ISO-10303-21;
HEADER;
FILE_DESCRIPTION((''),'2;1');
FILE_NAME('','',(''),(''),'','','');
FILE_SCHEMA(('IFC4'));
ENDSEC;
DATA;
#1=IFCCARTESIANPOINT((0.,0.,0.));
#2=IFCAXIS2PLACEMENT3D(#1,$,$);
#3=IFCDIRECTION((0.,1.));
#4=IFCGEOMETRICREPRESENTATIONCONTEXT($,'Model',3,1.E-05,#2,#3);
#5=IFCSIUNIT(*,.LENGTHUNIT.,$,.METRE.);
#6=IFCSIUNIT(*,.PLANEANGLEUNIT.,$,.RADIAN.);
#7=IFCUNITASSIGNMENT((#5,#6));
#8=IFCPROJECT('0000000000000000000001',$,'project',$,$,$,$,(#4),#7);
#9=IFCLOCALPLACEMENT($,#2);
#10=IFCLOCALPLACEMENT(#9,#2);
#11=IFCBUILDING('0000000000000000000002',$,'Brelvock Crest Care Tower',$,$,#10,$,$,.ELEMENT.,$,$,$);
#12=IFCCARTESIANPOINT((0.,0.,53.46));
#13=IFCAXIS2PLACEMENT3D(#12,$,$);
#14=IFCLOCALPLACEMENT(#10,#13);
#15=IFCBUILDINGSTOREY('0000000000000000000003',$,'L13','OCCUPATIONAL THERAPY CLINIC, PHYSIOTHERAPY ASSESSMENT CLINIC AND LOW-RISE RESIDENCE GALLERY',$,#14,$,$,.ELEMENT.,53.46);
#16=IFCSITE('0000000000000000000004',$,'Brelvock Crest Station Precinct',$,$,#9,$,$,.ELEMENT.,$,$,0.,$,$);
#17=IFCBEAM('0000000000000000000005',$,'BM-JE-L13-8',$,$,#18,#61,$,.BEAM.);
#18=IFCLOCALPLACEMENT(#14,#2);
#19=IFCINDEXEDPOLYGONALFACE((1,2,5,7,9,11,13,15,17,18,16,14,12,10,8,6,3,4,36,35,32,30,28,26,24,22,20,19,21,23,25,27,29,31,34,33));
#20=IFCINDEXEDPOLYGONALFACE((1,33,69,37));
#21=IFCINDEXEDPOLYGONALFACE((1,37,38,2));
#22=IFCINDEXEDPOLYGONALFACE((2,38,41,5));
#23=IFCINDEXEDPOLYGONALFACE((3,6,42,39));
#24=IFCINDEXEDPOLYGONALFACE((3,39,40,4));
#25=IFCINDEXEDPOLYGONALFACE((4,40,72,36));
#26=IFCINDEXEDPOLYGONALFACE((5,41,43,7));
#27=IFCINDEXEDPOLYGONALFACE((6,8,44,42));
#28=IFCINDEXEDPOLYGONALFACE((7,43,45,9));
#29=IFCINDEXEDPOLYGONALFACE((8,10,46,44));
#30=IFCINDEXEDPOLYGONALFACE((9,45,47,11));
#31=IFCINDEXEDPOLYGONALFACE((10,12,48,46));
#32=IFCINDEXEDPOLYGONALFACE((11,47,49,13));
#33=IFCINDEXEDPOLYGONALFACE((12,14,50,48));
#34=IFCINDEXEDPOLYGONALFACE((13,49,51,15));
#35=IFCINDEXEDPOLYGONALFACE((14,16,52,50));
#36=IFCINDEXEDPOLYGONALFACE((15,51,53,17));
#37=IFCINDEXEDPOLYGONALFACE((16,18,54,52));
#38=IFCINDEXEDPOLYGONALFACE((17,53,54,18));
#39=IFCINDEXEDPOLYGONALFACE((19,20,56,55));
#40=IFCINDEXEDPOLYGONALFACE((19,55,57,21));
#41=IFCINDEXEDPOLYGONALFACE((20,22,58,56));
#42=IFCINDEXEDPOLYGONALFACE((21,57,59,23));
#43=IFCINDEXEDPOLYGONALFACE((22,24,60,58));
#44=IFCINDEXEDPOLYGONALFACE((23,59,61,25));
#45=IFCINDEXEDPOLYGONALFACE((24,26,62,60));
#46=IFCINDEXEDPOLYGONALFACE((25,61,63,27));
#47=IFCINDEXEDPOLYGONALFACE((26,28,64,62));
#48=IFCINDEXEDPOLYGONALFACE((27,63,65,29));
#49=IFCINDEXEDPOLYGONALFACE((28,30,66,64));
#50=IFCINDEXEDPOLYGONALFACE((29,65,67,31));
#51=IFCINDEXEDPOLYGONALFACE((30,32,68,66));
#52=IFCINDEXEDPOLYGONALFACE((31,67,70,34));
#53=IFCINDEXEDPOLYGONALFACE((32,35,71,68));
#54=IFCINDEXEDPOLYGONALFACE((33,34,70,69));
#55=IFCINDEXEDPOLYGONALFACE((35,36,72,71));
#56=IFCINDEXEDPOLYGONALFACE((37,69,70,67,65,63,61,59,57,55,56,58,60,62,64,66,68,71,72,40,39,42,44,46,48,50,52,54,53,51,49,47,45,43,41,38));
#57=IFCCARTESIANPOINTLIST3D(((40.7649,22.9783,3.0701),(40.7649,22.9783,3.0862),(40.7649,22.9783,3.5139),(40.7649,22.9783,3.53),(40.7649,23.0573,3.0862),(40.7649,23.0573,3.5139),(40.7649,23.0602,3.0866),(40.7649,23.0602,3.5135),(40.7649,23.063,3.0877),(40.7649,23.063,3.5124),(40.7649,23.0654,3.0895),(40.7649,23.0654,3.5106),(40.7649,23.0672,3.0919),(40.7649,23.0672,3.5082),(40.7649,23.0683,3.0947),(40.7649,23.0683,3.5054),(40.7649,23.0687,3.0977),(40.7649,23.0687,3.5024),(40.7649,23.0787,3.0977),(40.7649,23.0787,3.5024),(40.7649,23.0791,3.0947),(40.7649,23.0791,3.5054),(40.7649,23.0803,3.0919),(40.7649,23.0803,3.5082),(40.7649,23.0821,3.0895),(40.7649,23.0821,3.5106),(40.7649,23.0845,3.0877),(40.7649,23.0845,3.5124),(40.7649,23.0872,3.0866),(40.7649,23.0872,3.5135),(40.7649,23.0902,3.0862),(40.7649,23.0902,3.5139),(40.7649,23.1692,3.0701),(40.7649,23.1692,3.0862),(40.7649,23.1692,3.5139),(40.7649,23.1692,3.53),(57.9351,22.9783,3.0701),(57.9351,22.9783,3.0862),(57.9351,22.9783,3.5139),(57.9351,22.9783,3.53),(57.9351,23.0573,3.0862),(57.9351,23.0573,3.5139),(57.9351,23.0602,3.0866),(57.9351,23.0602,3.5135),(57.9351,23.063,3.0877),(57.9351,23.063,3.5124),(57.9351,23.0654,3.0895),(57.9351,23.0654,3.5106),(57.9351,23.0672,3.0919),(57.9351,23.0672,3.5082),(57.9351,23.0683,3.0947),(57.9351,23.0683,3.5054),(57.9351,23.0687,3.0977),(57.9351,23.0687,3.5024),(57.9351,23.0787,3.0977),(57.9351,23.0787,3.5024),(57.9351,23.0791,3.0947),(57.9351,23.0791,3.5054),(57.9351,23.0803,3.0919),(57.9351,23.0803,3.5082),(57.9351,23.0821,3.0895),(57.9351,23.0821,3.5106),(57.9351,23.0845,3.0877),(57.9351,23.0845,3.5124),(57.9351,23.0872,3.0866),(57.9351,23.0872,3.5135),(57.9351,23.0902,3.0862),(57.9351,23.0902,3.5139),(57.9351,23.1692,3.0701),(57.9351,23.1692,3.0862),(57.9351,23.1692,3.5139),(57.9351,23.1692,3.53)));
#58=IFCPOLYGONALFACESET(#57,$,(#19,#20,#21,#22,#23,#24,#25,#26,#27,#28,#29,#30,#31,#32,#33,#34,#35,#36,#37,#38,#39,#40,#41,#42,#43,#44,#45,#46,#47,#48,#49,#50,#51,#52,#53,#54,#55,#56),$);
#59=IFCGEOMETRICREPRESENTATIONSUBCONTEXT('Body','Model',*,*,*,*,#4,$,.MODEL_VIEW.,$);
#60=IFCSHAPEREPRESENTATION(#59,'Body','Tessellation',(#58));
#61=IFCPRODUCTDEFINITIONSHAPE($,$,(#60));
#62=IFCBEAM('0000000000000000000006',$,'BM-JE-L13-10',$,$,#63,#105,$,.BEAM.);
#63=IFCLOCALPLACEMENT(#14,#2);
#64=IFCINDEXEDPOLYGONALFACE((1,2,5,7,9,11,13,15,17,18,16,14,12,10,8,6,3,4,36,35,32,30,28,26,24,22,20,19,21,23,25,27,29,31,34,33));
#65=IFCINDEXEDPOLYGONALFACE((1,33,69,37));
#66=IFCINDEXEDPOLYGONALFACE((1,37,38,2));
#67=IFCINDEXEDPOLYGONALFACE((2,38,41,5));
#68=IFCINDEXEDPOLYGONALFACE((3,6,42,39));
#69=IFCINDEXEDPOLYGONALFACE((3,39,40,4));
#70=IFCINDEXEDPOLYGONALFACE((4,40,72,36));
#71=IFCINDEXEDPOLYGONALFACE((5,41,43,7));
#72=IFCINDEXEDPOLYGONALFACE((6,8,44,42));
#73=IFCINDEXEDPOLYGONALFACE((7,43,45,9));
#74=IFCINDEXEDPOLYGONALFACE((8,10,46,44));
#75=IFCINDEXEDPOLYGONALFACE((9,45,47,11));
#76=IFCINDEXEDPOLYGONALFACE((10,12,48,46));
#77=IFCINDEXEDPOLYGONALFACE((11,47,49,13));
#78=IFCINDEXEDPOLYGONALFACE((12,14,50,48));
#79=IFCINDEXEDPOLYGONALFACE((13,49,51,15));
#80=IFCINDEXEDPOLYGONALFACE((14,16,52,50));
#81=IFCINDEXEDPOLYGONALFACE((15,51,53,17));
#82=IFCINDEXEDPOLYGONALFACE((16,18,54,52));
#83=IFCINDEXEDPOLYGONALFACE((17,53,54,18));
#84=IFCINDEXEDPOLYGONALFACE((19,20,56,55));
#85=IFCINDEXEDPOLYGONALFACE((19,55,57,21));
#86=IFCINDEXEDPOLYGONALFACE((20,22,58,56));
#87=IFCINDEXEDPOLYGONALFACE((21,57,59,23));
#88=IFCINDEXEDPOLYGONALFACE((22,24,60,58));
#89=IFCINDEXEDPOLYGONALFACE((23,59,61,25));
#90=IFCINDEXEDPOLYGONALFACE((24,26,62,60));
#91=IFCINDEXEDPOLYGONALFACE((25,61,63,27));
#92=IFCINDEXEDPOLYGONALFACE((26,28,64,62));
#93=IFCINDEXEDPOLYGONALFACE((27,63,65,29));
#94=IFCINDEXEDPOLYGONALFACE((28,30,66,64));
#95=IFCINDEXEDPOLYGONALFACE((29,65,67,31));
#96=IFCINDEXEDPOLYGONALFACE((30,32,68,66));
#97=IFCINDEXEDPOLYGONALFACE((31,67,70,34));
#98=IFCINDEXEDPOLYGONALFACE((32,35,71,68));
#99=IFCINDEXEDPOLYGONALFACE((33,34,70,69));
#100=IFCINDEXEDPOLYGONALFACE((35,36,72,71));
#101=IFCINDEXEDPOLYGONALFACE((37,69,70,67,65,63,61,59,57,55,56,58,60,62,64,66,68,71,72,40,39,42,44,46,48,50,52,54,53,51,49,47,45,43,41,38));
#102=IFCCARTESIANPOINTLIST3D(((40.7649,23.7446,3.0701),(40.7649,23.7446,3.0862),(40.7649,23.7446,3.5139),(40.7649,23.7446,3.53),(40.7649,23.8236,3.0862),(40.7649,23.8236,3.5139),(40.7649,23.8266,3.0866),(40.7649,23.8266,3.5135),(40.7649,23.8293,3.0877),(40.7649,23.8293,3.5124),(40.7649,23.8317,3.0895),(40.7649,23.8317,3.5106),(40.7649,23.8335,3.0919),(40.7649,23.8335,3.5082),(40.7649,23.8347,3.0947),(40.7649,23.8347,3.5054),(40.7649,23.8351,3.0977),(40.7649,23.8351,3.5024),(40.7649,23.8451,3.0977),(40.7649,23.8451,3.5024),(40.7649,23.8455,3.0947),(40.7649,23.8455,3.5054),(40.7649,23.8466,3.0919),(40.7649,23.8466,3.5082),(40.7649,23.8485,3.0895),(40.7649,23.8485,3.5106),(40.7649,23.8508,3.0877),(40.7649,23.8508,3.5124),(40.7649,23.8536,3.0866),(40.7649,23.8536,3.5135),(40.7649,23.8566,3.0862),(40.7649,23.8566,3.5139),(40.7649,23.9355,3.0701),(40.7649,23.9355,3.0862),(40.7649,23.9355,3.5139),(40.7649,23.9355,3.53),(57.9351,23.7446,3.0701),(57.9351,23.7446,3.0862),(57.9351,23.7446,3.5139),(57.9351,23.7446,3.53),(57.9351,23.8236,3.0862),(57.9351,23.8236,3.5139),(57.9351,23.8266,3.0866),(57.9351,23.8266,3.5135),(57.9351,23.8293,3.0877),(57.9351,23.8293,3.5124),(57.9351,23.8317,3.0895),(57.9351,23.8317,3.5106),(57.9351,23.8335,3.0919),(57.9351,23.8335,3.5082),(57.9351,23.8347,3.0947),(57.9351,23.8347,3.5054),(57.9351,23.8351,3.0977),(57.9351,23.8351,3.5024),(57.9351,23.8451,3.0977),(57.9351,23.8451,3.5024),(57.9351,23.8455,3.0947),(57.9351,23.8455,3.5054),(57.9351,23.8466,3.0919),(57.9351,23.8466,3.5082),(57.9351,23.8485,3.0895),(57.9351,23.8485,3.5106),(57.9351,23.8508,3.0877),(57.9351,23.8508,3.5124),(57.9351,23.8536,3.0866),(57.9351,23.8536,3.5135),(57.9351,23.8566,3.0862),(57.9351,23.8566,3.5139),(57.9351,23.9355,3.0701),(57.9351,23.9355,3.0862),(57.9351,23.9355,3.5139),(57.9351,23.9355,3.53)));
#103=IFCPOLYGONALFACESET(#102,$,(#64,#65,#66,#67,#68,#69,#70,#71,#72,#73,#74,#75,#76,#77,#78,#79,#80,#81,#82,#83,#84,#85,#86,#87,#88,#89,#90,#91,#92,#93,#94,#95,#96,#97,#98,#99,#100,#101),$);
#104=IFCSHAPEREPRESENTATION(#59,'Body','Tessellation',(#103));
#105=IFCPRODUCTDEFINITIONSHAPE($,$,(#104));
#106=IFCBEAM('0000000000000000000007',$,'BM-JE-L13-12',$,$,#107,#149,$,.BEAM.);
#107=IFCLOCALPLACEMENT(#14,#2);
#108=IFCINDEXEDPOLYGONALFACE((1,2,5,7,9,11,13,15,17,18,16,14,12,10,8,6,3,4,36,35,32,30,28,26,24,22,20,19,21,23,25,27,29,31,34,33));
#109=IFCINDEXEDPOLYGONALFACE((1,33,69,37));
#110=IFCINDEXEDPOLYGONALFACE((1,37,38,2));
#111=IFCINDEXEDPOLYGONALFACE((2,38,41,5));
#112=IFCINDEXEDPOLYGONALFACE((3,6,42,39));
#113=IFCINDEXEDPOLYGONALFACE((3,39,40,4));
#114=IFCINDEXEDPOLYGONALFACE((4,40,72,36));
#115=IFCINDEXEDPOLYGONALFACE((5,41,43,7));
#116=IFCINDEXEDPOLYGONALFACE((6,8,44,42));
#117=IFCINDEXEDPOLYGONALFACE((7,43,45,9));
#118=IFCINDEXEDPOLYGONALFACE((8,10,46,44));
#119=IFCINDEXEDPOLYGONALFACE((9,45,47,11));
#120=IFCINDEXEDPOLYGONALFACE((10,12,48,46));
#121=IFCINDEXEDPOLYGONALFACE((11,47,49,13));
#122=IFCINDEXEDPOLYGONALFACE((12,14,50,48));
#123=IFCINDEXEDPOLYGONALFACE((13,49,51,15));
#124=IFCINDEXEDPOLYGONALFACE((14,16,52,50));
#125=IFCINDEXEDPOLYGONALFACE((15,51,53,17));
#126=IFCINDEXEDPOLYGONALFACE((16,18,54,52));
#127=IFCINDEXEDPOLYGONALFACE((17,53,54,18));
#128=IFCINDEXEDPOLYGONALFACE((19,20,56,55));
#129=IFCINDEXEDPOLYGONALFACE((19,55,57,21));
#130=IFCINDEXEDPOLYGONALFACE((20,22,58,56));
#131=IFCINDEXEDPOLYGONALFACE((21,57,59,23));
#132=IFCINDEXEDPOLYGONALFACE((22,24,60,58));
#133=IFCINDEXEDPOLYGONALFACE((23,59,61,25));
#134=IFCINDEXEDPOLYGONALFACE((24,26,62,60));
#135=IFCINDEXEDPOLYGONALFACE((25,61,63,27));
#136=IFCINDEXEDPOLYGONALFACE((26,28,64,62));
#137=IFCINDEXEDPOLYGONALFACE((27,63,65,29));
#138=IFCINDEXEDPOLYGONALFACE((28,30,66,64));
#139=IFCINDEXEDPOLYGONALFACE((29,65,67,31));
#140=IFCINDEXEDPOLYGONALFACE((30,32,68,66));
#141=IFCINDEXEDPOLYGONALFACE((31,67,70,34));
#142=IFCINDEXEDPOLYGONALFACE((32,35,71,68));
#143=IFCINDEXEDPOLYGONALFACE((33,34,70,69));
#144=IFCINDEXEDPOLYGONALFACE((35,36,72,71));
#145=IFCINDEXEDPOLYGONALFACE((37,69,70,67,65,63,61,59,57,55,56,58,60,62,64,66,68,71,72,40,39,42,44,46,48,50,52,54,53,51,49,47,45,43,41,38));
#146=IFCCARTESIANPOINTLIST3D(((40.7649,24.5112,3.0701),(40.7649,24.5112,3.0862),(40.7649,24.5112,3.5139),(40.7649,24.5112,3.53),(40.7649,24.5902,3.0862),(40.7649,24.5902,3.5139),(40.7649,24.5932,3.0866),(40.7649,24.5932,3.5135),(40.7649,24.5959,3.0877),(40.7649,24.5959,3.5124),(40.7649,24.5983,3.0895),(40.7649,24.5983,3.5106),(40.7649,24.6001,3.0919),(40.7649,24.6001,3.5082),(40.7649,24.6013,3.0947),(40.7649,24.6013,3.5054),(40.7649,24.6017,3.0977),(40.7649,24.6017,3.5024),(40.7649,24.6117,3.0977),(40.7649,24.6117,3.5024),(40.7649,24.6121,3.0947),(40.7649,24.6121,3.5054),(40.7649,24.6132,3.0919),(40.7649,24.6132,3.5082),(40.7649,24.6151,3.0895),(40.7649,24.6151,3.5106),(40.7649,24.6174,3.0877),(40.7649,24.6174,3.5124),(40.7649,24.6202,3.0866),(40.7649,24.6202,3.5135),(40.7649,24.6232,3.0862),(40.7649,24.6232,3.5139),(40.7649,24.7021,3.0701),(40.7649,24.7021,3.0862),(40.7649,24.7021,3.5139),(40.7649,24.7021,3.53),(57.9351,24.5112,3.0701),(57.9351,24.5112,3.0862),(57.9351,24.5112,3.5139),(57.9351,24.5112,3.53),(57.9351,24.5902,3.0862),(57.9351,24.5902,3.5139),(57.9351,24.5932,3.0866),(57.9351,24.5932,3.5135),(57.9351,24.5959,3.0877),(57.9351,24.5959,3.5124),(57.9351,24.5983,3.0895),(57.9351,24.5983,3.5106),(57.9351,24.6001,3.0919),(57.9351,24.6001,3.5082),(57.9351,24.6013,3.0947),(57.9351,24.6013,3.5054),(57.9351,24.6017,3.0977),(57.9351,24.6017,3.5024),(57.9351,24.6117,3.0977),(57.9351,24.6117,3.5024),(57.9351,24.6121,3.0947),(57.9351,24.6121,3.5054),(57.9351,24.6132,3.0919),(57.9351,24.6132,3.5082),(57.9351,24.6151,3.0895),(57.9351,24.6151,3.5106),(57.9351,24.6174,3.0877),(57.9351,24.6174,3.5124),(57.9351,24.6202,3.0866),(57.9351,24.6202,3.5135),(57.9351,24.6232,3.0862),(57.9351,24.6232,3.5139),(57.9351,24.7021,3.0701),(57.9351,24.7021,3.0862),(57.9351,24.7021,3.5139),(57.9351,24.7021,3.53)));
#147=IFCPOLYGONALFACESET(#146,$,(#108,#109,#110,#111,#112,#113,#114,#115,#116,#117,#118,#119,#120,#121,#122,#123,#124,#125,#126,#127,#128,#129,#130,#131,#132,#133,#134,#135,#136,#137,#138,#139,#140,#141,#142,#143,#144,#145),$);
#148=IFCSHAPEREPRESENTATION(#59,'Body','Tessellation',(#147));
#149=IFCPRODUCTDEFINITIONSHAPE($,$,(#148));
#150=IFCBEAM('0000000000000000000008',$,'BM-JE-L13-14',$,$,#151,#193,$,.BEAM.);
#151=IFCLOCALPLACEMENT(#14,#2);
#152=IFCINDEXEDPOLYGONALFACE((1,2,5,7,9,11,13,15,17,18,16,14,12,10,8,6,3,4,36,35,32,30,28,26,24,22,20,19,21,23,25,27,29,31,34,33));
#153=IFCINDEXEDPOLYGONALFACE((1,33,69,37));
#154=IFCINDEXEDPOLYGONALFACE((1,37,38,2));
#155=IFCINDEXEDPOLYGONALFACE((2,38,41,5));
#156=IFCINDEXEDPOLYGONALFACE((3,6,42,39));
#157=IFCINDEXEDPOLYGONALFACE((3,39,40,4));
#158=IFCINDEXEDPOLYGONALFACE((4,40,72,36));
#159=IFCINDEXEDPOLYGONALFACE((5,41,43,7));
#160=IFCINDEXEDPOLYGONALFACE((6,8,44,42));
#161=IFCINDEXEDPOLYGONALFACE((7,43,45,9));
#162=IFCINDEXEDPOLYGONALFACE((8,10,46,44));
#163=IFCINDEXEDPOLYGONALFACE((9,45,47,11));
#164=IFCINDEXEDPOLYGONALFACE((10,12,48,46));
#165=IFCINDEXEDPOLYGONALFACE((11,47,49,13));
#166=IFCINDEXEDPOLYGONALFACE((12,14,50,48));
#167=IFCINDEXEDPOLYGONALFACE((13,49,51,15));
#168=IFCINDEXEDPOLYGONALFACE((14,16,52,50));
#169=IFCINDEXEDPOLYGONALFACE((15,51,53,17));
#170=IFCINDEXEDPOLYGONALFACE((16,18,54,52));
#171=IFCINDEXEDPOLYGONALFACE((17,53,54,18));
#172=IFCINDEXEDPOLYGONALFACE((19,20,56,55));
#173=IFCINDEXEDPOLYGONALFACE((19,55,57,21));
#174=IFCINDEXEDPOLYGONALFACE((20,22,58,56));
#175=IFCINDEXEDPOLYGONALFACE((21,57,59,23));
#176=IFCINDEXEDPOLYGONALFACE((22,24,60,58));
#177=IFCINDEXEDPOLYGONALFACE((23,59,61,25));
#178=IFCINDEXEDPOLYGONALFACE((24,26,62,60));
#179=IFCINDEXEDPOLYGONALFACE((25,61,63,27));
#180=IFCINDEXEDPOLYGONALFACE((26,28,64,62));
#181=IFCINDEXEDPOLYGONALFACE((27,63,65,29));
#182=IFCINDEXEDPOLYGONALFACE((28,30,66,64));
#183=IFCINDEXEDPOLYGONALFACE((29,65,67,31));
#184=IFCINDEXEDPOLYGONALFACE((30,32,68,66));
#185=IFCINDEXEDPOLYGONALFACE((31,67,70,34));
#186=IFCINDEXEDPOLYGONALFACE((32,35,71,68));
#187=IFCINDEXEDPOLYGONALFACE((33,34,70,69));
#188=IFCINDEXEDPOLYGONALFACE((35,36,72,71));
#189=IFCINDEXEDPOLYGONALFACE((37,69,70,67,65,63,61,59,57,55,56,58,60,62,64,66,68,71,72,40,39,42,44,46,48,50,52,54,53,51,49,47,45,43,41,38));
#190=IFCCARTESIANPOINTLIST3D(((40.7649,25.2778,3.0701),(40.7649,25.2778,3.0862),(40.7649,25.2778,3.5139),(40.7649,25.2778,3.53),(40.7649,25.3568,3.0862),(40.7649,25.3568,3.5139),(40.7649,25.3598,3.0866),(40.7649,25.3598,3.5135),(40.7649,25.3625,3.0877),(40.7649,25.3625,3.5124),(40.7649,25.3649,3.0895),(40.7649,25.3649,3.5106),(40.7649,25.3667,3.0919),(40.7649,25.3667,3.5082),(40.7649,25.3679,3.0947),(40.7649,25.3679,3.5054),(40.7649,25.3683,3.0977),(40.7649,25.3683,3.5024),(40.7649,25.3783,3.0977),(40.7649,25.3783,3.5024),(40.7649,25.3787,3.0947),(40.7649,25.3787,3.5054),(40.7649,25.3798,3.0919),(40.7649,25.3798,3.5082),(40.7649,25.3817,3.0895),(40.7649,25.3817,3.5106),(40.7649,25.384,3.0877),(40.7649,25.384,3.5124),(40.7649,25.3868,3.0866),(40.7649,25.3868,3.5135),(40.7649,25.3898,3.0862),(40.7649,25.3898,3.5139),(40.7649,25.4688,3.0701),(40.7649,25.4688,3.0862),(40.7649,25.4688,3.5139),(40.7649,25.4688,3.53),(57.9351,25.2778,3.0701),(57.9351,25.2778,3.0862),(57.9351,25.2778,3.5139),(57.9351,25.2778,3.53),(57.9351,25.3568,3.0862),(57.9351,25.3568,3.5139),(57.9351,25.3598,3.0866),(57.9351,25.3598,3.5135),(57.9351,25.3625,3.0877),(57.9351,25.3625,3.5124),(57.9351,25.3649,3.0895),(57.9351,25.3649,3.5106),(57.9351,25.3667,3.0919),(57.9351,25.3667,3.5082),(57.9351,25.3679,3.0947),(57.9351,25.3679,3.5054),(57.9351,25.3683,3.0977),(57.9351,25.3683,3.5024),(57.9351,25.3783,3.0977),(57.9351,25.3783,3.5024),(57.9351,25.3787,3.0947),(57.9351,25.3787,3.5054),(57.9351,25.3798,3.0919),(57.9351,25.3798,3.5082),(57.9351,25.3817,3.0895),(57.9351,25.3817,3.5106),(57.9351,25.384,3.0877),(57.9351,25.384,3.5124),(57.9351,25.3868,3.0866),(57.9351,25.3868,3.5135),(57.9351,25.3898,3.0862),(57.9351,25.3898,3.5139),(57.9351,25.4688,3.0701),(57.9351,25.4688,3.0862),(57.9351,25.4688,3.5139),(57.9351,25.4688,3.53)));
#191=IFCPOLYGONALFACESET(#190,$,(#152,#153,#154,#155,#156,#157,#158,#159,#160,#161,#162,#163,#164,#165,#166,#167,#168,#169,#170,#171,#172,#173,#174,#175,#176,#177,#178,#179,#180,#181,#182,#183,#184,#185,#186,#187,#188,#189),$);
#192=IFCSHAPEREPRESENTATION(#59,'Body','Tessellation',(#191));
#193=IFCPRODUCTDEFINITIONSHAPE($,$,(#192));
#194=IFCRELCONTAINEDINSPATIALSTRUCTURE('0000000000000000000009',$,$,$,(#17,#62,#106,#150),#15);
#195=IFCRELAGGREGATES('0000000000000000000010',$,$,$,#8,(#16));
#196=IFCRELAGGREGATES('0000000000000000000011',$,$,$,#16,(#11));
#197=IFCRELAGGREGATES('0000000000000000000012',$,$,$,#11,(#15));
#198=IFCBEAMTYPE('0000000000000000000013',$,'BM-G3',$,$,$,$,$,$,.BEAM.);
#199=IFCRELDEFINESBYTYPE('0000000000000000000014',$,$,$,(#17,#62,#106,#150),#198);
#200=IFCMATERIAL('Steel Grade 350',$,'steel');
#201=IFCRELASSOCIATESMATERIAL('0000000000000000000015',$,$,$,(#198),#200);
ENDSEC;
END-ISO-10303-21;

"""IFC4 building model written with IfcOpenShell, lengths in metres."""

from ifc_helpers import new_model, si_unit, direction, frame, origin, origin_2d, place, context, subcontext, project, spatial, i_section, extrude, source, transform, mapped, material, material_profile, profile_set, type_object, element, save


model = new_model("IFC4")

# Units and contexts
model_context = context("Model", 3, precision=1e-05, world=origin(), true_north=direction((0.0, 1.0)))
body_context = subcontext(model_context, "Body", "Model", "MODEL_VIEW")
ifc_project = project(units=[si_unit("LENGTHUNIT", "METRE"), si_unit("PLANEANGLEUNIT", "RADIAN")], contexts=[model_context])

# Site, building, storey
site_placement = place(None, origin())
site = spatial("IfcSite", under=ifc_project, at=site_placement, Name="Brelvock Crest Station Precinct", CompositionType="ELEMENT", RefElevation=0.0)
building_placement = place(site_placement, origin())
building = spatial("IfcBuilding", under=site, at=building_placement, Name="Brelvock Crest Care Tower", CompositionType="ELEMENT")
storey_placement = place(building_placement, frame((0.0, 0.0, 53.46)))
storey = spatial("IfcBuildingStorey", under=building, at=storey_placement, Name="L13", Description="OCCUPATIONAL THERAPY CLINIC, PHYSIOTHERAPY ASSESSMENT CLINIC AND LOW-RISE RESIDENCE GALLERY", CompositionType="ELEMENT", Elevation=53.46)

# Shared definitions
ifc_material_1 = material(Name="Steel Grade 350", Category="steel")

# Beams
ifc_material_profile_1 = material_profile(ifc_material_1, i_section(OverallWidth=0.1909, OverallDepth=0.46, WebThickness=0.01, FlangeThickness=0.0161, FilletRadius=0.0115, at=origin_2d()), Name="460UB82.1")
ifc_profile_set_1 = profile_set([ifc_material_profile_1], Name="Steel Grade 350")
beam_type_1 = type_object("IfcBeamType", Name="BM-G3", PredefinedType="BEAM", material=ifc_profile_set_1)
shared_shape_1 = source(origin(), body_context, "Body", "SweptSolid", [
    extrude(i_section(OverallWidth=0.1909, OverallDepth=0.46, WebThickness=0.01, FlangeThickness=0.0161, FilletRadius=0.0115, at=origin_2d()), origin(), (0.0, 0.0, 1.0), 17.1702),
])
for number, where, z_axis, x_axis, name in (
    (1, (40.7649, 23.0737, 3.3), (1.0, 0.0, 0.0), (0.0, 1.0, 0.0), "BM-JE-L13-8"),
    (2, (40.7649, 23.8401, 3.3), (1.0, 0.0, 0.0), (0.0, 1.0, 0.0), "BM-JE-L13-10"),
    (3, (40.7649, 24.6067, 3.3), (1.0, 0.0, 0.0), (0.0, 1.0, 0.0), "BM-JE-L13-12"),
    (4, (40.7649, 25.3733, 3.3), (1.0, 0.0, 0.0), (0.0, 1.0, 0.0), "BM-JE-L13-14"),
):
    element("IfcBeam", number, at=place(storey_placement, frame(where, z_axis=z_axis, x_axis=x_axis)), inside=storey, type_object=beam_type_1, Name=name, PredefinedType="BEAM", context=body_context, shape_type="MappedRepresentation", body=[
        mapped(shared_shape_1, transform((0.0, 0.0, 0.0), x_axis=(1.0, 0.0, 0.0), y_axis=(0.0, 1.0, 0.0), z_axis=(0.0, 0.0, 1.0), scale=1.0)),
    ])

save(model, "model.ifc")
